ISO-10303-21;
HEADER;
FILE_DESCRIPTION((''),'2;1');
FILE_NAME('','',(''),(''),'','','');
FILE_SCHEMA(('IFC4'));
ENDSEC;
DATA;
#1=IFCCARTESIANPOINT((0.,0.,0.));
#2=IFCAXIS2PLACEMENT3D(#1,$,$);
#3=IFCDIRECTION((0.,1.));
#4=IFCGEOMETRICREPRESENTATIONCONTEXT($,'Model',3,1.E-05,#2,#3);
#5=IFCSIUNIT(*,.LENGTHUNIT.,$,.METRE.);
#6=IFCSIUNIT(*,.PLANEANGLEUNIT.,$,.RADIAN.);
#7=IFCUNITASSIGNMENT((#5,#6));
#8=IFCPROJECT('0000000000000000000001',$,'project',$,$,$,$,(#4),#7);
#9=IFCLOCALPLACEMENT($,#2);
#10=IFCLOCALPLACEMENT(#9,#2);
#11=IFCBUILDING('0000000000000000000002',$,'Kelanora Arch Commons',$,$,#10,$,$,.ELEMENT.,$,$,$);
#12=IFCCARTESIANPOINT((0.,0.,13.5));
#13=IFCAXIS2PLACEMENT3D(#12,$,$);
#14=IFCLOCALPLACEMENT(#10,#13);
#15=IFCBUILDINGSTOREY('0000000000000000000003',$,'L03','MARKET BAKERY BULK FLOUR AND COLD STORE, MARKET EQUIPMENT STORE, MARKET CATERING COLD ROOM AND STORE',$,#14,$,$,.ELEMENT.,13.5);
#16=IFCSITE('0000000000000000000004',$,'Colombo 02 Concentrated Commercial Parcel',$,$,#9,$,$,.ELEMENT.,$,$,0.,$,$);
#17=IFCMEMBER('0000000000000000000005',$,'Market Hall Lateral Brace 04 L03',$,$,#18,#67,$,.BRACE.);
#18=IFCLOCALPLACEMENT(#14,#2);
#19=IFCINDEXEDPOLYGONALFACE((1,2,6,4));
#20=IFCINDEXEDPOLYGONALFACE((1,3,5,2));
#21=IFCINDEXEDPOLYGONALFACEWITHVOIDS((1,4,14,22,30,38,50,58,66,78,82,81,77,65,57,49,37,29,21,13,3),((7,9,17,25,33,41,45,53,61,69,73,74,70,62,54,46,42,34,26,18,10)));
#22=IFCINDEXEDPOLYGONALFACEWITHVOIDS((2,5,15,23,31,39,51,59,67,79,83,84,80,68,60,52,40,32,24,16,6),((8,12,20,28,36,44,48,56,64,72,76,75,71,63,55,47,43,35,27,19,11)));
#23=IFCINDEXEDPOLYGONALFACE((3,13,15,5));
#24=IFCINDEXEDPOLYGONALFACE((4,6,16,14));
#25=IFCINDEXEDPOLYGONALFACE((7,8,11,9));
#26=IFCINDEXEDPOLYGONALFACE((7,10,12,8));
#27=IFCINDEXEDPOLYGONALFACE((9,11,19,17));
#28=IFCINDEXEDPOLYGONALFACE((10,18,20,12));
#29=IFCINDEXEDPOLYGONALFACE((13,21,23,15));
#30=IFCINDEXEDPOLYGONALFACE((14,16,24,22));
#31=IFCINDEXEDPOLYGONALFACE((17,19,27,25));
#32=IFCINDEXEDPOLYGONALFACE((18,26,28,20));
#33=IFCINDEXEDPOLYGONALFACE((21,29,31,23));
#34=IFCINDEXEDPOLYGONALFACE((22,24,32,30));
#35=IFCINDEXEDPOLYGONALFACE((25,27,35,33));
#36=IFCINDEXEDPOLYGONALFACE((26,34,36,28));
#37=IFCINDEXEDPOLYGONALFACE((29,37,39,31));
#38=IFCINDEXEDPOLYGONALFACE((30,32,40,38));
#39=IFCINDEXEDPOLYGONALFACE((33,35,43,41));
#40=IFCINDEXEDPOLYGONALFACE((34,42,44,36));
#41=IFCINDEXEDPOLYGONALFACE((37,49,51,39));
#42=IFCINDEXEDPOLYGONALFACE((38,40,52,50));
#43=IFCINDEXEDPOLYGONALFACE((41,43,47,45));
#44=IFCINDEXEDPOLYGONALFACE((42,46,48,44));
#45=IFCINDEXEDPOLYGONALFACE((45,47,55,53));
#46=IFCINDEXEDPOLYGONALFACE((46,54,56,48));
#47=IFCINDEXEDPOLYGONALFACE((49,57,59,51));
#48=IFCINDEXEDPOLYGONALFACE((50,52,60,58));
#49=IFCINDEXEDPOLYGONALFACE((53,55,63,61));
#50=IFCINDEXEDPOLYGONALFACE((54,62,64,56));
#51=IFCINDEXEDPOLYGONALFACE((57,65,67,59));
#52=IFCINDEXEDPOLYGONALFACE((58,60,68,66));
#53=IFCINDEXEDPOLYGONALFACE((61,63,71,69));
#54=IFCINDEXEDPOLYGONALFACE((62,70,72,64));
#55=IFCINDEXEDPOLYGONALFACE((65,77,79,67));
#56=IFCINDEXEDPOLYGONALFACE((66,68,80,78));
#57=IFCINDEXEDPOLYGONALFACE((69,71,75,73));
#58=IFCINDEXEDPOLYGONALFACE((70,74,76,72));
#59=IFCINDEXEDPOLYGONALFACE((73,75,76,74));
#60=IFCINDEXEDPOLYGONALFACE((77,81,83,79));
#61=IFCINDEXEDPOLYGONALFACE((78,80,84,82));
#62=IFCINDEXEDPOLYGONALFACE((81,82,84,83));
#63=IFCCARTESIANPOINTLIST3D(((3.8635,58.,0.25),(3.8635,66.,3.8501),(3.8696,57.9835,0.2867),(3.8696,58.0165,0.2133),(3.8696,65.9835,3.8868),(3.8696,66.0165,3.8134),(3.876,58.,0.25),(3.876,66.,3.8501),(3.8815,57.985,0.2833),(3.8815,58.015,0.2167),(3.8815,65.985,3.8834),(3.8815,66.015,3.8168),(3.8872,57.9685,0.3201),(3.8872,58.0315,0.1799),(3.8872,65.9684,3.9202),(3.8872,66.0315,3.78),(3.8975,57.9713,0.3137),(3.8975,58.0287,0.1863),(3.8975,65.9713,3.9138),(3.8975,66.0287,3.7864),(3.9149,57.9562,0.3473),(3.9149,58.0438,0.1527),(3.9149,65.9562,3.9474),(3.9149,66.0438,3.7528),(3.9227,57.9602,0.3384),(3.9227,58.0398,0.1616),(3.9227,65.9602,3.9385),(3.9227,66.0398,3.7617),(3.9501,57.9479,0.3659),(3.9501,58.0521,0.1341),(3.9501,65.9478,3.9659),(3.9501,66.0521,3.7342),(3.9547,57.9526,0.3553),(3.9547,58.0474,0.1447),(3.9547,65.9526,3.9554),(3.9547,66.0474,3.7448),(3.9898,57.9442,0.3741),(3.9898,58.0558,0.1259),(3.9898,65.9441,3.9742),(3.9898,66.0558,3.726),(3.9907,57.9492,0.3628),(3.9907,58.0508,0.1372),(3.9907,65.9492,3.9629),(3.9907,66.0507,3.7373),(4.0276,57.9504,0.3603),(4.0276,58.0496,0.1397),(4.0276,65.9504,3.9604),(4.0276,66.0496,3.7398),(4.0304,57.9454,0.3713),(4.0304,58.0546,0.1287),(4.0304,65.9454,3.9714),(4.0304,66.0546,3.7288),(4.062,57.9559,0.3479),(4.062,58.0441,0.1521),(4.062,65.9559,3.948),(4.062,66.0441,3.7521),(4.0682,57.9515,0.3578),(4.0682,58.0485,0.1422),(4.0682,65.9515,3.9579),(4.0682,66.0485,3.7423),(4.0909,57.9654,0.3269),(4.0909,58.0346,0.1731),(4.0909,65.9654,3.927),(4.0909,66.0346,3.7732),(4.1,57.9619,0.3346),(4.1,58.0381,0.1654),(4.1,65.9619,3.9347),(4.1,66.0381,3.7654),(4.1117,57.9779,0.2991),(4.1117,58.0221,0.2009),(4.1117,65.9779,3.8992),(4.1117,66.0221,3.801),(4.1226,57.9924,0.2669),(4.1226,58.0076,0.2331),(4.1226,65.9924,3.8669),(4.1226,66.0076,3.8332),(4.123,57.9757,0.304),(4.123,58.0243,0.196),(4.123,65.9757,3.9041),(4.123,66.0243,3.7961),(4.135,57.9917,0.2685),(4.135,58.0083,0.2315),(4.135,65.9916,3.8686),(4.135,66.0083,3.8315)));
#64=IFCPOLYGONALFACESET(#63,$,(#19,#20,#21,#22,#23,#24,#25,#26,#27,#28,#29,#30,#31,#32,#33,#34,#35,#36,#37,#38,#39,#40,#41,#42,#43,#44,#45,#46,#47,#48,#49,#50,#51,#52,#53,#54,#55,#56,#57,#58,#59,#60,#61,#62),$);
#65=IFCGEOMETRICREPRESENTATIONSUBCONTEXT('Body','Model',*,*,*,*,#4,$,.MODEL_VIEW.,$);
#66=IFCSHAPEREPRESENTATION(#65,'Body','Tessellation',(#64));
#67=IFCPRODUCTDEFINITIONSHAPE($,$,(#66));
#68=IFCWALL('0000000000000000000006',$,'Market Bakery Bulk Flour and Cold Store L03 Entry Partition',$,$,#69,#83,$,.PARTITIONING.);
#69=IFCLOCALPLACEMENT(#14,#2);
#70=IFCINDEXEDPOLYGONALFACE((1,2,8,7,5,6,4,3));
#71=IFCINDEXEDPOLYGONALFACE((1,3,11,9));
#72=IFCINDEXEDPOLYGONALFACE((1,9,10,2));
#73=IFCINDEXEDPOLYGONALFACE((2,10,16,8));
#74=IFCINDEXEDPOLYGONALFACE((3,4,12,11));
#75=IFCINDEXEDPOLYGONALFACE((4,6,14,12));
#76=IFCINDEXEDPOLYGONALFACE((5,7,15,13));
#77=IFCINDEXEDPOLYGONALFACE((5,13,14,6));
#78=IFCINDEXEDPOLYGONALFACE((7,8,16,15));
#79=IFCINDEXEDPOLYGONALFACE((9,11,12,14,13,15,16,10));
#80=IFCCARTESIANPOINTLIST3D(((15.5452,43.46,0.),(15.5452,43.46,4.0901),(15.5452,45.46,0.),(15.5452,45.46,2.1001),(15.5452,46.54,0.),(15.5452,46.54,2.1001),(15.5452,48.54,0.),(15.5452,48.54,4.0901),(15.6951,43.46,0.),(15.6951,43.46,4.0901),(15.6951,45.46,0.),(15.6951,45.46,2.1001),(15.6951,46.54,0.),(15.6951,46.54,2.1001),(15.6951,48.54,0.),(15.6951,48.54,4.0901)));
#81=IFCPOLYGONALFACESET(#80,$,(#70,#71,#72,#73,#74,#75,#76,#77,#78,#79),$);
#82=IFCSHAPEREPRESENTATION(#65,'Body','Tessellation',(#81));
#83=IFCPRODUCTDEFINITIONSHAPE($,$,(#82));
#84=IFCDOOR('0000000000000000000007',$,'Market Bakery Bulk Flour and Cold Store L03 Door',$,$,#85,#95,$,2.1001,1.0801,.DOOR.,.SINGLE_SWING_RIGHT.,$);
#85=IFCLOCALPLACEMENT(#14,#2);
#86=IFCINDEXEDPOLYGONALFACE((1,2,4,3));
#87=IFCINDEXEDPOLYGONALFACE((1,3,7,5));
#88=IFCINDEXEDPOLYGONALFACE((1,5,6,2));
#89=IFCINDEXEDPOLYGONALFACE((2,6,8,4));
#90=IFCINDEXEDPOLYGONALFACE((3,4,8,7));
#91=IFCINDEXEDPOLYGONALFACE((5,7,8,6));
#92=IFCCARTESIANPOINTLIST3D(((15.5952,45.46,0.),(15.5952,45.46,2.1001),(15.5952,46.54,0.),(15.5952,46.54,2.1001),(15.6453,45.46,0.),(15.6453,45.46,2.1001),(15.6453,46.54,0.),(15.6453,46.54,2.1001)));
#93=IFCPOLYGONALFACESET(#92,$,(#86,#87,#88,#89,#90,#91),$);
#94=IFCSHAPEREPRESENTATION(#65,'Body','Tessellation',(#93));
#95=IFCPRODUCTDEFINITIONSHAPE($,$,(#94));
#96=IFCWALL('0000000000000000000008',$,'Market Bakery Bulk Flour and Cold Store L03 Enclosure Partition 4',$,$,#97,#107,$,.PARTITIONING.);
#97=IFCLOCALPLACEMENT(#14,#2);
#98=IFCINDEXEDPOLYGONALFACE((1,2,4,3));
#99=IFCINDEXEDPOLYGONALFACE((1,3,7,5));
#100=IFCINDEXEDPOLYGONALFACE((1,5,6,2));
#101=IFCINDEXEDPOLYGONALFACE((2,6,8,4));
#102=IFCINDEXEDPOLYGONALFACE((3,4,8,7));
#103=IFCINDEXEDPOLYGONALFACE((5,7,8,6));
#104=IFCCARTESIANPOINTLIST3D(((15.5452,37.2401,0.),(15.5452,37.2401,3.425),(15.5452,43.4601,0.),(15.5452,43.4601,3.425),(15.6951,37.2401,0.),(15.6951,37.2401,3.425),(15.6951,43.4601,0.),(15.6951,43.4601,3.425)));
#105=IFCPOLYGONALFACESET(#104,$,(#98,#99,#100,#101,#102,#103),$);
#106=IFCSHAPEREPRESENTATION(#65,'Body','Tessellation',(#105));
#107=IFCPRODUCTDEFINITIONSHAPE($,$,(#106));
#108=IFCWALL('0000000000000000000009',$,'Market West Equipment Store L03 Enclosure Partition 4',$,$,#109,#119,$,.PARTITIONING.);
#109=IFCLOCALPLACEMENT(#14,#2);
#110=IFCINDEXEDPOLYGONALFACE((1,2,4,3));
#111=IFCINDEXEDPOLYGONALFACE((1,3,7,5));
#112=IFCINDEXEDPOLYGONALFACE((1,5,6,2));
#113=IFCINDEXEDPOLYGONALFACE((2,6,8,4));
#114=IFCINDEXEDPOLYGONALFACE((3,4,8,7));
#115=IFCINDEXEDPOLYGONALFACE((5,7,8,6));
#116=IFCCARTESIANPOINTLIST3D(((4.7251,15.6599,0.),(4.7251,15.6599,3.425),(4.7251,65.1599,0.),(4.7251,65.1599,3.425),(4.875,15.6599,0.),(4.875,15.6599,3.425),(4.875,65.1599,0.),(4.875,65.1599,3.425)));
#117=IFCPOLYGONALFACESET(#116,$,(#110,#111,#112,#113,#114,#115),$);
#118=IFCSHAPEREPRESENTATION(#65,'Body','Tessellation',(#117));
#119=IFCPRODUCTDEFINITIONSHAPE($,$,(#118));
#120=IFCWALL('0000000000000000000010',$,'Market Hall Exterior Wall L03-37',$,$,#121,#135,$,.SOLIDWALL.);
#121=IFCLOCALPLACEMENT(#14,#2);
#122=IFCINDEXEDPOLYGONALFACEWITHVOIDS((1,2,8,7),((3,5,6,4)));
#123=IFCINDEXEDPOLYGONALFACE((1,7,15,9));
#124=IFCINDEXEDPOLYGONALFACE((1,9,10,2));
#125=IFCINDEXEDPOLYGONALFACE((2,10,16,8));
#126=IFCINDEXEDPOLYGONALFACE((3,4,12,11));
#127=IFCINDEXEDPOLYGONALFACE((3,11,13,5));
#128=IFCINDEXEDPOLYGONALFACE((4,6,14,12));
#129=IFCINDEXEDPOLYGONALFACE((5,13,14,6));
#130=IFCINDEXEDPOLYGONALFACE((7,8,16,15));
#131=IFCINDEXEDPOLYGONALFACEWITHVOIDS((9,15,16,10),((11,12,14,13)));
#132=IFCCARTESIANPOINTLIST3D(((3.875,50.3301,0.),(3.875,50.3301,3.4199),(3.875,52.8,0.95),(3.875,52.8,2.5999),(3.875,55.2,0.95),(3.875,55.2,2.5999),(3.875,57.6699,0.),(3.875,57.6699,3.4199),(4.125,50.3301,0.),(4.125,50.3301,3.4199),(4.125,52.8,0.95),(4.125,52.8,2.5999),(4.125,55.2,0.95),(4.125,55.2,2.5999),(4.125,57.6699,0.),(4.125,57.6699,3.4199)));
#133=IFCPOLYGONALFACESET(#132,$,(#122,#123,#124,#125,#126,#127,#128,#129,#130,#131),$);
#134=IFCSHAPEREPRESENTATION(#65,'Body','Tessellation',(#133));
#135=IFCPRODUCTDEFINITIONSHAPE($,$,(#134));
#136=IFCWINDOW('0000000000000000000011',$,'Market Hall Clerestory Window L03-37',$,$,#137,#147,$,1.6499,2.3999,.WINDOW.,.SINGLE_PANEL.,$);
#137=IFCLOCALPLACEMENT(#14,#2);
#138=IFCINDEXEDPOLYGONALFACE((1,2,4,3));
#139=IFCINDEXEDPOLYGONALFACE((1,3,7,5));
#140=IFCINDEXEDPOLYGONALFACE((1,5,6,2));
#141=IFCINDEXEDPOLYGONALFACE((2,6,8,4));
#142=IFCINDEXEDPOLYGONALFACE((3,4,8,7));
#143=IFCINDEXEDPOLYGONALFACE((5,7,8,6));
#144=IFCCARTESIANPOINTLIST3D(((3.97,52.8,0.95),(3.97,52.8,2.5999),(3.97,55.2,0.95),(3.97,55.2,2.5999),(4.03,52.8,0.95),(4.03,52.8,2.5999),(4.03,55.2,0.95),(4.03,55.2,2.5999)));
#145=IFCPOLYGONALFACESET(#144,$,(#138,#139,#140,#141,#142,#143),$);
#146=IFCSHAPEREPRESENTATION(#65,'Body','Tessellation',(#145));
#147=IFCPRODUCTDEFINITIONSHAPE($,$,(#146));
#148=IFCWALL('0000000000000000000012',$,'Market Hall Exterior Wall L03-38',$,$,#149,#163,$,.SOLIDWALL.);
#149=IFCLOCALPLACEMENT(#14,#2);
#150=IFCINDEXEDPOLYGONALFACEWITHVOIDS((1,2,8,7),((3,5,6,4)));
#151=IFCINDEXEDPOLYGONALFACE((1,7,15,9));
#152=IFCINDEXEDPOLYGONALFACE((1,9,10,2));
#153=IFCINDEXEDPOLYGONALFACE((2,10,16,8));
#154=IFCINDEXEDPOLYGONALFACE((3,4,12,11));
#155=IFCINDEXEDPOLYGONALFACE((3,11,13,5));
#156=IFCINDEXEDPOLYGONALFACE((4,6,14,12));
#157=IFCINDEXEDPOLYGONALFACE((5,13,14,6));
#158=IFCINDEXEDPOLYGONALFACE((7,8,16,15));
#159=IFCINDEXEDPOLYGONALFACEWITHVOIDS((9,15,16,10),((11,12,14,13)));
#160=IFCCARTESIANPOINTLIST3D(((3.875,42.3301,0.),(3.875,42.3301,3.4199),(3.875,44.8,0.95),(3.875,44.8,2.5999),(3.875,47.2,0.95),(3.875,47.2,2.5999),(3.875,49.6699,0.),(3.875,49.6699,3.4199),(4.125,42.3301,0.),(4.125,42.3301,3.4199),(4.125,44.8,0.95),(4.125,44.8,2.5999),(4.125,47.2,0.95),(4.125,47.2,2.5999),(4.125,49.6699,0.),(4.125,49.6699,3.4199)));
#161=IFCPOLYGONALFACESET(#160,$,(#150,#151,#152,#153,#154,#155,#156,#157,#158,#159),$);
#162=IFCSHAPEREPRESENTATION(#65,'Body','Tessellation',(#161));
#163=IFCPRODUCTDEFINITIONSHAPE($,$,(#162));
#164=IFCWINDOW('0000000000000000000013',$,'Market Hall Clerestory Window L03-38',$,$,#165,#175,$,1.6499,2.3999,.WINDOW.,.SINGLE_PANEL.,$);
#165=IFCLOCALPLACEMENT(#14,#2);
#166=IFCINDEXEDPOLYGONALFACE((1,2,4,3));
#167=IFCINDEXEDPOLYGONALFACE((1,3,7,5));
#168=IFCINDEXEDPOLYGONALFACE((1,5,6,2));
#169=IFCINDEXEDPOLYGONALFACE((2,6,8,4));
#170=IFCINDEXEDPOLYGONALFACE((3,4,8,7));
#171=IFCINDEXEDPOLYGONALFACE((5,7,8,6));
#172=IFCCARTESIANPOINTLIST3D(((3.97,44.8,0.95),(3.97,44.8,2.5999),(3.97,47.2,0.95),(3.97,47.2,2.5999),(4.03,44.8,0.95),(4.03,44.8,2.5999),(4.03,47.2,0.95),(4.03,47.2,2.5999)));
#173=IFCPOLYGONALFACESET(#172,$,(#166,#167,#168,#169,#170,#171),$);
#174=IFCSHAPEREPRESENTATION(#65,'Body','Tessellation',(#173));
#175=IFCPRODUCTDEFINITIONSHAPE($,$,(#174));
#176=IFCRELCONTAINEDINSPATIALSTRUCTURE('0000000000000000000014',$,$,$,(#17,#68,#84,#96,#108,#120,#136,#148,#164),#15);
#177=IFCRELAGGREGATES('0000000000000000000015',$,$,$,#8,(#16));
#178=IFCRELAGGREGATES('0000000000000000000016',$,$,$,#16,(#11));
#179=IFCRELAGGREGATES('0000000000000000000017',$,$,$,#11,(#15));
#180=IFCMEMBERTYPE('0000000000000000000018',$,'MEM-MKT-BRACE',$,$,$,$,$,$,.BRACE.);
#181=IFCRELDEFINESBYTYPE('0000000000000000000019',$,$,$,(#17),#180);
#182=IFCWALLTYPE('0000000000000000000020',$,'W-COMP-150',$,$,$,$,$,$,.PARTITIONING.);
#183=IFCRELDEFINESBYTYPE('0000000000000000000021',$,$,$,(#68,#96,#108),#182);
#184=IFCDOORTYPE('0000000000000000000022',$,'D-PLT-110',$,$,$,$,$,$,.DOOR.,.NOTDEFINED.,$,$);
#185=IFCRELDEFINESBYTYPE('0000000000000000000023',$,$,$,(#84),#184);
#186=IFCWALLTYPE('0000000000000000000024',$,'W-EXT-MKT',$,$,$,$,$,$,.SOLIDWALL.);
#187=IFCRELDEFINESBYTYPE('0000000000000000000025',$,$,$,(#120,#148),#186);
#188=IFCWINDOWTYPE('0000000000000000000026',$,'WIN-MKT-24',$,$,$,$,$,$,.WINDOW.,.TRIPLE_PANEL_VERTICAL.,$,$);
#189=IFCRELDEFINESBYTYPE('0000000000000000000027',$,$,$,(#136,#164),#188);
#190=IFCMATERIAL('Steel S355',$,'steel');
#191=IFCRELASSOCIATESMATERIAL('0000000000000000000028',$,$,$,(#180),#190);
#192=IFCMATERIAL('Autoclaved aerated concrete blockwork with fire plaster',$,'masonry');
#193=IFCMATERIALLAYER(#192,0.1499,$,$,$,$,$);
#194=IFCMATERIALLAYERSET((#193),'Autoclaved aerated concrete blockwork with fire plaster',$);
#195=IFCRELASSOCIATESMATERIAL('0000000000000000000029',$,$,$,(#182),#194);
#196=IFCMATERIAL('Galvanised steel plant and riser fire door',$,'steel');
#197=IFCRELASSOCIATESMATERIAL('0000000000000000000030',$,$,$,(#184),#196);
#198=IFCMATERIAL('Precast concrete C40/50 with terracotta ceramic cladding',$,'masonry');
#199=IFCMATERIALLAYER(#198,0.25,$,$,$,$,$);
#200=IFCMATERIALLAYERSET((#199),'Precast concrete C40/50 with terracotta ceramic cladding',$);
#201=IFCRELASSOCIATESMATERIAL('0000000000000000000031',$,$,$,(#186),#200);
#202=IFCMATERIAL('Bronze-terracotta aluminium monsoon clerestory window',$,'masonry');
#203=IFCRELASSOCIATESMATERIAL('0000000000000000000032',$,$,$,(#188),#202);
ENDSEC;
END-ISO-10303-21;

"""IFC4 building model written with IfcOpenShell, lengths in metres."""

from ifc_helpers import new_model, si_unit, direction, frame, frame_2d, origin, origin_2d, place, context, subcontext, project, spatial, rectangle, hollow_circle, extrude, material, layer, layer_set, material_profile, profile_set, type_object, element, fill, save


model = new_model("IFC4")

# Units and contexts
model_context = context("Model", 3, precision=1e-05, world=origin(), true_north=direction((0.0, 1.0)))
body_context = subcontext(model_context, "Body", "Model", "MODEL_VIEW")
ifc_project = project(units=[si_unit("LENGTHUNIT", "METRE"), si_unit("PLANEANGLEUNIT", "RADIAN")], contexts=[model_context])

# Site, building, storey
site_placement = place(None, origin())
site = spatial("IfcSite", under=ifc_project, at=site_placement, Name="Colombo 02 Concentrated Commercial Parcel", CompositionType="ELEMENT", RefElevation=0.0)
building_placement = place(site_placement, origin())
building = spatial("IfcBuilding", under=site, at=building_placement, Name="Kelanora Arch Commons", CompositionType="ELEMENT")
storey_placement = place(building_placement, frame((0.0, 0.0, 13.5)))
storey = spatial("IfcBuildingStorey", under=building, at=storey_placement, Name="L03", Description="MARKET BAKERY BULK FLOUR AND COLD STORE, MARKET EQUIPMENT STORE, MARKET CATERING COLD ROOM AND STORE", CompositionType="ELEMENT", Elevation=13.5)

# Member
ifc_material_1 = material(Name="Steel S355", Category="steel")
ifc_material_profile_1 = material_profile(ifc_material_1, hollow_circle(Radius=0.1365, WallThickness=0.0125, at=origin_2d()), Name="CHS273x12.5")
ifc_profile_set_1 = profile_set([ifc_material_profile_1], Name="Steel S355")
member_type = type_object("IfcMemberType", Name="MEM-MKT-BRACE", PredefinedType="BRACE", material=ifc_profile_set_1)
member_placement = place(storey_placement, frame((4.0, 58.0, 0.25), z_axis=(0.0, 0.911917, 0.410374), x_axis=(-1.0, 0.0, 0.0)))
element("IfcMember", 1, at=member_placement, inside=storey, type_object=member_type, Name="Market Hall Lateral Brace 04 L03", PredefinedType="BRACE", context=body_context, shape_type="SweptSolid", body=[
    extrude(hollow_circle(Radius=0.1365, WallThickness=0.0125, at=origin_2d()), origin(), (0.0, 0.0, 1.0), 8.7727),
])

# Wall, opening, door
ifc_material_2 = material(Name="Autoclaved aerated concrete blockwork with fire plaster", Category="masonry")
ifc_layer_1 = layer(ifc_material_2, 0.1499)
ifc_layer_set_1 = layer_set([ifc_layer_1], Name="Autoclaved aerated concrete blockwork with fire plaster")
wall_type_1 = type_object("IfcWallType", Name="W-COMP-150", PredefinedType="PARTITIONING", material=ifc_layer_set_1)
wall_1_placement = place(storey_placement, frame((15.6201, 43.46, 0.0), z_axis=(0.0, 0.0, 1.0), x_axis=(0.0, 1.0, 0.0)))
wall_1 = element("IfcWall", 2, at=wall_1_placement, inside=storey, type_object=wall_type_1, Name="Market Bakery Bulk Flour and Cold Store L03 Entry Partition", PredefinedType="PARTITIONING", context=body_context, shape_type="SweptSolid", body=[
    extrude(rectangle(XDim=5.0801, YDim=0.1499, at=frame_2d((2.54, 0.0))), origin(), (0.0, 0.0, 1.0), 4.0901),
])
opening_1_placement = place(wall_1_placement, frame((2.0, 0.0, 0.0)))
opening_1 = element("IfcOpeningElement", 3, at=opening_1_placement, cuts=wall_1, PredefinedType="OPENING", context=body_context, shape_type="SweptSolid", body=[
    extrude(rectangle(XDim=1.0801, YDim=2.1001, at=frame_2d((0.54, 1.05))), frame((0.0, 0.085, 0.0), z_axis=(0.0, -1.0, 0.0), x_axis=(1.0, 0.0, 0.0)), (0.0, 0.0, 1.0), 0.1699),
])
ifc_material_3 = material(Name="Galvanised steel plant and riser fire door", Category="steel")
door_type = type_object("IfcDoorType", Name="D-PLT-110", OperationType="NOTDEFINED", PredefinedType="DOOR", material=ifc_material_3)
door_placement = place(opening_1_placement, origin())
door = element("IfcDoor", 4, at=door_placement, inside=storey, type_object=door_type, Name="Market Bakery Bulk Flour and Cold Store L03 Door", OperationType="SINGLE_SWING_RIGHT", OverallHeight=2.1001, OverallWidth=1.0801, PredefinedType="DOOR", context=body_context, shape_type="SweptSolid", body=[
    extrude(rectangle(XDim=1.0801, YDim=2.1001, at=frame_2d((0.54, 1.05))), frame((0.0, 0.0249, 0.0), z_axis=(0.0, -1.0, 0.0), x_axis=(1.0, 0.0, 0.0)), (0.0, 0.0, 1.0), 0.05),
])
fill(opening_1, door)

# Walls
wall_2_placement = place(storey_placement, frame((15.6201, 43.46, 0.0), z_axis=(0.0, 0.0, 1.0), x_axis=(0.0, -1.0, 0.0)))
element("IfcWall", 5, at=wall_2_placement, inside=storey, type_object=wall_type_1, Name="Market Bakery Bulk Flour and Cold Store L03 Enclosure Partition 4", PredefinedType="PARTITIONING", context=body_context, shape_type="SweptSolid", body=[
    extrude(rectangle(XDim=6.22, YDim=0.1499, at=frame_2d((3.1099, 0.0))), origin(), (0.0, 0.0, 1.0), 3.425),
])
wall_3_placement = place(storey_placement, frame((4.8, 65.1599, 0.0), z_axis=(0.0, 0.0, 1.0), x_axis=(0.0, -1.0, 0.0)))
element("IfcWall", 6, at=wall_3_placement, inside=storey, type_object=wall_type_1, Name="Market West Equipment Store L03 Enclosure Partition 4", PredefinedType="PARTITIONING", context=body_context, shape_type="SweptSolid", body=[
    extrude(rectangle(XDim=49.5, YDim=0.1499, at=frame_2d((24.75, 0.0))), origin(), (0.0, 0.0, 1.0), 3.425),
])

# Walls, openings, windows
ifc_material_4 = material(Name="Precast concrete C40/50 with terracotta ceramic cladding", Category="masonry")
ifc_layer_2 = layer(ifc_material_4, 0.25)
ifc_layer_set_2 = layer_set([ifc_layer_2], Name="Precast concrete C40/50 with terracotta ceramic cladding")
wall_type_2 = type_object("IfcWallType", Name="W-EXT-MKT", PredefinedType="SOLIDWALL", material=ifc_layer_set_2)
wall_4_placement = place(storey_placement, frame((4.0, 57.6699, 0.0), z_axis=(0.0, 0.0, 1.0), x_axis=(0.0, -1.0, 0.0)))
wall_4 = element("IfcWall", 7, at=wall_4_placement, inside=storey, type_object=wall_type_2, Name="Market Hall Exterior Wall L03-37", PredefinedType="SOLIDWALL", context=body_context, shape_type="SweptSolid", body=[
    extrude(rectangle(XDim=7.3398, YDim=0.25, at=frame_2d((3.6699, 0.0))), origin(), (0.0, 0.0, 1.0), 3.4199),
])
opening_2_placement = place(wall_4_placement, frame((2.47, 0.0, 0.95)))
opening_2 = element("IfcOpeningElement", 8, at=opening_2_placement, cuts=wall_4, PredefinedType="OPENING", context=body_context, shape_type="SweptSolid", body=[
    extrude(rectangle(XDim=2.3999, YDim=1.6499, at=frame_2d((1.2, 0.825))), frame((0.0, 0.135, 0.0), z_axis=(0.0, -1.0, 0.0), x_axis=(1.0, 0.0, 0.0)), (0.0, 0.0, 1.0), 0.27),
])
ifc_material_5 = material(Name="Bronze-terracotta aluminium monsoon clerestory window", Category="masonry")
window_type = type_object("IfcWindowType", Name="WIN-MKT-24", PartitioningType="TRIPLE_PANEL_VERTICAL", PredefinedType="WINDOW", material=ifc_material_5)
window_1_placement = place(opening_2_placement, origin())
window_1 = element("IfcWindow", 9, at=window_1_placement, inside=storey, type_object=window_type, Name="Market Hall Clerestory Window L03-37", OverallHeight=1.6499, OverallWidth=2.3999, PartitioningType="SINGLE_PANEL", PredefinedType="WINDOW", context=body_context, shape_type="SweptSolid", body=[
    extrude(rectangle(XDim=2.3999, YDim=1.6499, at=frame_2d((1.2, 0.825))), frame((0.0, 0.03, 0.0), z_axis=(0.0, -1.0, 0.0), x_axis=(1.0, 0.0, 0.0)), (0.0, 0.0, 1.0), 0.0601),
])
fill(opening_2, window_1)
wall_5_placement = place(storey_placement, frame((4.0, 49.6699, 0.0), z_axis=(0.0, 0.0, 1.0), x_axis=(0.0, -1.0, 0.0)))
wall_5 = element("IfcWall", 10, at=wall_5_placement, inside=storey, type_object=wall_type_2, Name="Market Hall Exterior Wall L03-38", PredefinedType="SOLIDWALL", context=body_context, shape_type="SweptSolid", body=[
    extrude(rectangle(XDim=7.3398, YDim=0.25, at=frame_2d((3.6699, 0.0))), origin(), (0.0, 0.0, 1.0), 3.4199),
])
opening_3_placement = place(wall_5_placement, frame((2.47, 0.0, 0.95)))
opening_3 = element("IfcOpeningElement", 11, at=opening_3_placement, cuts=wall_5, PredefinedType="OPENING", context=body_context, shape_type="SweptSolid", body=[
    extrude(rectangle(XDim=2.3999, YDim=1.6499, at=frame_2d((1.2, 0.825))), frame((0.0, 0.135, 0.0), z_axis=(0.0, -1.0, 0.0), x_axis=(1.0, 0.0, 0.0)), (0.0, 0.0, 1.0), 0.27),
])
window_2_placement = place(opening_3_placement, origin())
window_2 = element("IfcWindow", 12, at=window_2_placement, inside=storey, type_object=window_type, Name="Market Hall Clerestory Window L03-38", OverallHeight=1.6499, OverallWidth=2.3999, PartitioningType="SINGLE_PANEL", PredefinedType="WINDOW", context=body_context, shape_type="SweptSolid", body=[
    extrude(rectangle(XDim=2.3999, YDim=1.6499, at=frame_2d((1.2, 0.825))), frame((0.0, 0.03, 0.0), z_axis=(0.0, -1.0, 0.0), x_axis=(1.0, 0.0, 0.0)), (0.0, 0.0, 1.0), 0.0601),
])
fill(opening_3, window_2)

save(model, "model.ifc")
